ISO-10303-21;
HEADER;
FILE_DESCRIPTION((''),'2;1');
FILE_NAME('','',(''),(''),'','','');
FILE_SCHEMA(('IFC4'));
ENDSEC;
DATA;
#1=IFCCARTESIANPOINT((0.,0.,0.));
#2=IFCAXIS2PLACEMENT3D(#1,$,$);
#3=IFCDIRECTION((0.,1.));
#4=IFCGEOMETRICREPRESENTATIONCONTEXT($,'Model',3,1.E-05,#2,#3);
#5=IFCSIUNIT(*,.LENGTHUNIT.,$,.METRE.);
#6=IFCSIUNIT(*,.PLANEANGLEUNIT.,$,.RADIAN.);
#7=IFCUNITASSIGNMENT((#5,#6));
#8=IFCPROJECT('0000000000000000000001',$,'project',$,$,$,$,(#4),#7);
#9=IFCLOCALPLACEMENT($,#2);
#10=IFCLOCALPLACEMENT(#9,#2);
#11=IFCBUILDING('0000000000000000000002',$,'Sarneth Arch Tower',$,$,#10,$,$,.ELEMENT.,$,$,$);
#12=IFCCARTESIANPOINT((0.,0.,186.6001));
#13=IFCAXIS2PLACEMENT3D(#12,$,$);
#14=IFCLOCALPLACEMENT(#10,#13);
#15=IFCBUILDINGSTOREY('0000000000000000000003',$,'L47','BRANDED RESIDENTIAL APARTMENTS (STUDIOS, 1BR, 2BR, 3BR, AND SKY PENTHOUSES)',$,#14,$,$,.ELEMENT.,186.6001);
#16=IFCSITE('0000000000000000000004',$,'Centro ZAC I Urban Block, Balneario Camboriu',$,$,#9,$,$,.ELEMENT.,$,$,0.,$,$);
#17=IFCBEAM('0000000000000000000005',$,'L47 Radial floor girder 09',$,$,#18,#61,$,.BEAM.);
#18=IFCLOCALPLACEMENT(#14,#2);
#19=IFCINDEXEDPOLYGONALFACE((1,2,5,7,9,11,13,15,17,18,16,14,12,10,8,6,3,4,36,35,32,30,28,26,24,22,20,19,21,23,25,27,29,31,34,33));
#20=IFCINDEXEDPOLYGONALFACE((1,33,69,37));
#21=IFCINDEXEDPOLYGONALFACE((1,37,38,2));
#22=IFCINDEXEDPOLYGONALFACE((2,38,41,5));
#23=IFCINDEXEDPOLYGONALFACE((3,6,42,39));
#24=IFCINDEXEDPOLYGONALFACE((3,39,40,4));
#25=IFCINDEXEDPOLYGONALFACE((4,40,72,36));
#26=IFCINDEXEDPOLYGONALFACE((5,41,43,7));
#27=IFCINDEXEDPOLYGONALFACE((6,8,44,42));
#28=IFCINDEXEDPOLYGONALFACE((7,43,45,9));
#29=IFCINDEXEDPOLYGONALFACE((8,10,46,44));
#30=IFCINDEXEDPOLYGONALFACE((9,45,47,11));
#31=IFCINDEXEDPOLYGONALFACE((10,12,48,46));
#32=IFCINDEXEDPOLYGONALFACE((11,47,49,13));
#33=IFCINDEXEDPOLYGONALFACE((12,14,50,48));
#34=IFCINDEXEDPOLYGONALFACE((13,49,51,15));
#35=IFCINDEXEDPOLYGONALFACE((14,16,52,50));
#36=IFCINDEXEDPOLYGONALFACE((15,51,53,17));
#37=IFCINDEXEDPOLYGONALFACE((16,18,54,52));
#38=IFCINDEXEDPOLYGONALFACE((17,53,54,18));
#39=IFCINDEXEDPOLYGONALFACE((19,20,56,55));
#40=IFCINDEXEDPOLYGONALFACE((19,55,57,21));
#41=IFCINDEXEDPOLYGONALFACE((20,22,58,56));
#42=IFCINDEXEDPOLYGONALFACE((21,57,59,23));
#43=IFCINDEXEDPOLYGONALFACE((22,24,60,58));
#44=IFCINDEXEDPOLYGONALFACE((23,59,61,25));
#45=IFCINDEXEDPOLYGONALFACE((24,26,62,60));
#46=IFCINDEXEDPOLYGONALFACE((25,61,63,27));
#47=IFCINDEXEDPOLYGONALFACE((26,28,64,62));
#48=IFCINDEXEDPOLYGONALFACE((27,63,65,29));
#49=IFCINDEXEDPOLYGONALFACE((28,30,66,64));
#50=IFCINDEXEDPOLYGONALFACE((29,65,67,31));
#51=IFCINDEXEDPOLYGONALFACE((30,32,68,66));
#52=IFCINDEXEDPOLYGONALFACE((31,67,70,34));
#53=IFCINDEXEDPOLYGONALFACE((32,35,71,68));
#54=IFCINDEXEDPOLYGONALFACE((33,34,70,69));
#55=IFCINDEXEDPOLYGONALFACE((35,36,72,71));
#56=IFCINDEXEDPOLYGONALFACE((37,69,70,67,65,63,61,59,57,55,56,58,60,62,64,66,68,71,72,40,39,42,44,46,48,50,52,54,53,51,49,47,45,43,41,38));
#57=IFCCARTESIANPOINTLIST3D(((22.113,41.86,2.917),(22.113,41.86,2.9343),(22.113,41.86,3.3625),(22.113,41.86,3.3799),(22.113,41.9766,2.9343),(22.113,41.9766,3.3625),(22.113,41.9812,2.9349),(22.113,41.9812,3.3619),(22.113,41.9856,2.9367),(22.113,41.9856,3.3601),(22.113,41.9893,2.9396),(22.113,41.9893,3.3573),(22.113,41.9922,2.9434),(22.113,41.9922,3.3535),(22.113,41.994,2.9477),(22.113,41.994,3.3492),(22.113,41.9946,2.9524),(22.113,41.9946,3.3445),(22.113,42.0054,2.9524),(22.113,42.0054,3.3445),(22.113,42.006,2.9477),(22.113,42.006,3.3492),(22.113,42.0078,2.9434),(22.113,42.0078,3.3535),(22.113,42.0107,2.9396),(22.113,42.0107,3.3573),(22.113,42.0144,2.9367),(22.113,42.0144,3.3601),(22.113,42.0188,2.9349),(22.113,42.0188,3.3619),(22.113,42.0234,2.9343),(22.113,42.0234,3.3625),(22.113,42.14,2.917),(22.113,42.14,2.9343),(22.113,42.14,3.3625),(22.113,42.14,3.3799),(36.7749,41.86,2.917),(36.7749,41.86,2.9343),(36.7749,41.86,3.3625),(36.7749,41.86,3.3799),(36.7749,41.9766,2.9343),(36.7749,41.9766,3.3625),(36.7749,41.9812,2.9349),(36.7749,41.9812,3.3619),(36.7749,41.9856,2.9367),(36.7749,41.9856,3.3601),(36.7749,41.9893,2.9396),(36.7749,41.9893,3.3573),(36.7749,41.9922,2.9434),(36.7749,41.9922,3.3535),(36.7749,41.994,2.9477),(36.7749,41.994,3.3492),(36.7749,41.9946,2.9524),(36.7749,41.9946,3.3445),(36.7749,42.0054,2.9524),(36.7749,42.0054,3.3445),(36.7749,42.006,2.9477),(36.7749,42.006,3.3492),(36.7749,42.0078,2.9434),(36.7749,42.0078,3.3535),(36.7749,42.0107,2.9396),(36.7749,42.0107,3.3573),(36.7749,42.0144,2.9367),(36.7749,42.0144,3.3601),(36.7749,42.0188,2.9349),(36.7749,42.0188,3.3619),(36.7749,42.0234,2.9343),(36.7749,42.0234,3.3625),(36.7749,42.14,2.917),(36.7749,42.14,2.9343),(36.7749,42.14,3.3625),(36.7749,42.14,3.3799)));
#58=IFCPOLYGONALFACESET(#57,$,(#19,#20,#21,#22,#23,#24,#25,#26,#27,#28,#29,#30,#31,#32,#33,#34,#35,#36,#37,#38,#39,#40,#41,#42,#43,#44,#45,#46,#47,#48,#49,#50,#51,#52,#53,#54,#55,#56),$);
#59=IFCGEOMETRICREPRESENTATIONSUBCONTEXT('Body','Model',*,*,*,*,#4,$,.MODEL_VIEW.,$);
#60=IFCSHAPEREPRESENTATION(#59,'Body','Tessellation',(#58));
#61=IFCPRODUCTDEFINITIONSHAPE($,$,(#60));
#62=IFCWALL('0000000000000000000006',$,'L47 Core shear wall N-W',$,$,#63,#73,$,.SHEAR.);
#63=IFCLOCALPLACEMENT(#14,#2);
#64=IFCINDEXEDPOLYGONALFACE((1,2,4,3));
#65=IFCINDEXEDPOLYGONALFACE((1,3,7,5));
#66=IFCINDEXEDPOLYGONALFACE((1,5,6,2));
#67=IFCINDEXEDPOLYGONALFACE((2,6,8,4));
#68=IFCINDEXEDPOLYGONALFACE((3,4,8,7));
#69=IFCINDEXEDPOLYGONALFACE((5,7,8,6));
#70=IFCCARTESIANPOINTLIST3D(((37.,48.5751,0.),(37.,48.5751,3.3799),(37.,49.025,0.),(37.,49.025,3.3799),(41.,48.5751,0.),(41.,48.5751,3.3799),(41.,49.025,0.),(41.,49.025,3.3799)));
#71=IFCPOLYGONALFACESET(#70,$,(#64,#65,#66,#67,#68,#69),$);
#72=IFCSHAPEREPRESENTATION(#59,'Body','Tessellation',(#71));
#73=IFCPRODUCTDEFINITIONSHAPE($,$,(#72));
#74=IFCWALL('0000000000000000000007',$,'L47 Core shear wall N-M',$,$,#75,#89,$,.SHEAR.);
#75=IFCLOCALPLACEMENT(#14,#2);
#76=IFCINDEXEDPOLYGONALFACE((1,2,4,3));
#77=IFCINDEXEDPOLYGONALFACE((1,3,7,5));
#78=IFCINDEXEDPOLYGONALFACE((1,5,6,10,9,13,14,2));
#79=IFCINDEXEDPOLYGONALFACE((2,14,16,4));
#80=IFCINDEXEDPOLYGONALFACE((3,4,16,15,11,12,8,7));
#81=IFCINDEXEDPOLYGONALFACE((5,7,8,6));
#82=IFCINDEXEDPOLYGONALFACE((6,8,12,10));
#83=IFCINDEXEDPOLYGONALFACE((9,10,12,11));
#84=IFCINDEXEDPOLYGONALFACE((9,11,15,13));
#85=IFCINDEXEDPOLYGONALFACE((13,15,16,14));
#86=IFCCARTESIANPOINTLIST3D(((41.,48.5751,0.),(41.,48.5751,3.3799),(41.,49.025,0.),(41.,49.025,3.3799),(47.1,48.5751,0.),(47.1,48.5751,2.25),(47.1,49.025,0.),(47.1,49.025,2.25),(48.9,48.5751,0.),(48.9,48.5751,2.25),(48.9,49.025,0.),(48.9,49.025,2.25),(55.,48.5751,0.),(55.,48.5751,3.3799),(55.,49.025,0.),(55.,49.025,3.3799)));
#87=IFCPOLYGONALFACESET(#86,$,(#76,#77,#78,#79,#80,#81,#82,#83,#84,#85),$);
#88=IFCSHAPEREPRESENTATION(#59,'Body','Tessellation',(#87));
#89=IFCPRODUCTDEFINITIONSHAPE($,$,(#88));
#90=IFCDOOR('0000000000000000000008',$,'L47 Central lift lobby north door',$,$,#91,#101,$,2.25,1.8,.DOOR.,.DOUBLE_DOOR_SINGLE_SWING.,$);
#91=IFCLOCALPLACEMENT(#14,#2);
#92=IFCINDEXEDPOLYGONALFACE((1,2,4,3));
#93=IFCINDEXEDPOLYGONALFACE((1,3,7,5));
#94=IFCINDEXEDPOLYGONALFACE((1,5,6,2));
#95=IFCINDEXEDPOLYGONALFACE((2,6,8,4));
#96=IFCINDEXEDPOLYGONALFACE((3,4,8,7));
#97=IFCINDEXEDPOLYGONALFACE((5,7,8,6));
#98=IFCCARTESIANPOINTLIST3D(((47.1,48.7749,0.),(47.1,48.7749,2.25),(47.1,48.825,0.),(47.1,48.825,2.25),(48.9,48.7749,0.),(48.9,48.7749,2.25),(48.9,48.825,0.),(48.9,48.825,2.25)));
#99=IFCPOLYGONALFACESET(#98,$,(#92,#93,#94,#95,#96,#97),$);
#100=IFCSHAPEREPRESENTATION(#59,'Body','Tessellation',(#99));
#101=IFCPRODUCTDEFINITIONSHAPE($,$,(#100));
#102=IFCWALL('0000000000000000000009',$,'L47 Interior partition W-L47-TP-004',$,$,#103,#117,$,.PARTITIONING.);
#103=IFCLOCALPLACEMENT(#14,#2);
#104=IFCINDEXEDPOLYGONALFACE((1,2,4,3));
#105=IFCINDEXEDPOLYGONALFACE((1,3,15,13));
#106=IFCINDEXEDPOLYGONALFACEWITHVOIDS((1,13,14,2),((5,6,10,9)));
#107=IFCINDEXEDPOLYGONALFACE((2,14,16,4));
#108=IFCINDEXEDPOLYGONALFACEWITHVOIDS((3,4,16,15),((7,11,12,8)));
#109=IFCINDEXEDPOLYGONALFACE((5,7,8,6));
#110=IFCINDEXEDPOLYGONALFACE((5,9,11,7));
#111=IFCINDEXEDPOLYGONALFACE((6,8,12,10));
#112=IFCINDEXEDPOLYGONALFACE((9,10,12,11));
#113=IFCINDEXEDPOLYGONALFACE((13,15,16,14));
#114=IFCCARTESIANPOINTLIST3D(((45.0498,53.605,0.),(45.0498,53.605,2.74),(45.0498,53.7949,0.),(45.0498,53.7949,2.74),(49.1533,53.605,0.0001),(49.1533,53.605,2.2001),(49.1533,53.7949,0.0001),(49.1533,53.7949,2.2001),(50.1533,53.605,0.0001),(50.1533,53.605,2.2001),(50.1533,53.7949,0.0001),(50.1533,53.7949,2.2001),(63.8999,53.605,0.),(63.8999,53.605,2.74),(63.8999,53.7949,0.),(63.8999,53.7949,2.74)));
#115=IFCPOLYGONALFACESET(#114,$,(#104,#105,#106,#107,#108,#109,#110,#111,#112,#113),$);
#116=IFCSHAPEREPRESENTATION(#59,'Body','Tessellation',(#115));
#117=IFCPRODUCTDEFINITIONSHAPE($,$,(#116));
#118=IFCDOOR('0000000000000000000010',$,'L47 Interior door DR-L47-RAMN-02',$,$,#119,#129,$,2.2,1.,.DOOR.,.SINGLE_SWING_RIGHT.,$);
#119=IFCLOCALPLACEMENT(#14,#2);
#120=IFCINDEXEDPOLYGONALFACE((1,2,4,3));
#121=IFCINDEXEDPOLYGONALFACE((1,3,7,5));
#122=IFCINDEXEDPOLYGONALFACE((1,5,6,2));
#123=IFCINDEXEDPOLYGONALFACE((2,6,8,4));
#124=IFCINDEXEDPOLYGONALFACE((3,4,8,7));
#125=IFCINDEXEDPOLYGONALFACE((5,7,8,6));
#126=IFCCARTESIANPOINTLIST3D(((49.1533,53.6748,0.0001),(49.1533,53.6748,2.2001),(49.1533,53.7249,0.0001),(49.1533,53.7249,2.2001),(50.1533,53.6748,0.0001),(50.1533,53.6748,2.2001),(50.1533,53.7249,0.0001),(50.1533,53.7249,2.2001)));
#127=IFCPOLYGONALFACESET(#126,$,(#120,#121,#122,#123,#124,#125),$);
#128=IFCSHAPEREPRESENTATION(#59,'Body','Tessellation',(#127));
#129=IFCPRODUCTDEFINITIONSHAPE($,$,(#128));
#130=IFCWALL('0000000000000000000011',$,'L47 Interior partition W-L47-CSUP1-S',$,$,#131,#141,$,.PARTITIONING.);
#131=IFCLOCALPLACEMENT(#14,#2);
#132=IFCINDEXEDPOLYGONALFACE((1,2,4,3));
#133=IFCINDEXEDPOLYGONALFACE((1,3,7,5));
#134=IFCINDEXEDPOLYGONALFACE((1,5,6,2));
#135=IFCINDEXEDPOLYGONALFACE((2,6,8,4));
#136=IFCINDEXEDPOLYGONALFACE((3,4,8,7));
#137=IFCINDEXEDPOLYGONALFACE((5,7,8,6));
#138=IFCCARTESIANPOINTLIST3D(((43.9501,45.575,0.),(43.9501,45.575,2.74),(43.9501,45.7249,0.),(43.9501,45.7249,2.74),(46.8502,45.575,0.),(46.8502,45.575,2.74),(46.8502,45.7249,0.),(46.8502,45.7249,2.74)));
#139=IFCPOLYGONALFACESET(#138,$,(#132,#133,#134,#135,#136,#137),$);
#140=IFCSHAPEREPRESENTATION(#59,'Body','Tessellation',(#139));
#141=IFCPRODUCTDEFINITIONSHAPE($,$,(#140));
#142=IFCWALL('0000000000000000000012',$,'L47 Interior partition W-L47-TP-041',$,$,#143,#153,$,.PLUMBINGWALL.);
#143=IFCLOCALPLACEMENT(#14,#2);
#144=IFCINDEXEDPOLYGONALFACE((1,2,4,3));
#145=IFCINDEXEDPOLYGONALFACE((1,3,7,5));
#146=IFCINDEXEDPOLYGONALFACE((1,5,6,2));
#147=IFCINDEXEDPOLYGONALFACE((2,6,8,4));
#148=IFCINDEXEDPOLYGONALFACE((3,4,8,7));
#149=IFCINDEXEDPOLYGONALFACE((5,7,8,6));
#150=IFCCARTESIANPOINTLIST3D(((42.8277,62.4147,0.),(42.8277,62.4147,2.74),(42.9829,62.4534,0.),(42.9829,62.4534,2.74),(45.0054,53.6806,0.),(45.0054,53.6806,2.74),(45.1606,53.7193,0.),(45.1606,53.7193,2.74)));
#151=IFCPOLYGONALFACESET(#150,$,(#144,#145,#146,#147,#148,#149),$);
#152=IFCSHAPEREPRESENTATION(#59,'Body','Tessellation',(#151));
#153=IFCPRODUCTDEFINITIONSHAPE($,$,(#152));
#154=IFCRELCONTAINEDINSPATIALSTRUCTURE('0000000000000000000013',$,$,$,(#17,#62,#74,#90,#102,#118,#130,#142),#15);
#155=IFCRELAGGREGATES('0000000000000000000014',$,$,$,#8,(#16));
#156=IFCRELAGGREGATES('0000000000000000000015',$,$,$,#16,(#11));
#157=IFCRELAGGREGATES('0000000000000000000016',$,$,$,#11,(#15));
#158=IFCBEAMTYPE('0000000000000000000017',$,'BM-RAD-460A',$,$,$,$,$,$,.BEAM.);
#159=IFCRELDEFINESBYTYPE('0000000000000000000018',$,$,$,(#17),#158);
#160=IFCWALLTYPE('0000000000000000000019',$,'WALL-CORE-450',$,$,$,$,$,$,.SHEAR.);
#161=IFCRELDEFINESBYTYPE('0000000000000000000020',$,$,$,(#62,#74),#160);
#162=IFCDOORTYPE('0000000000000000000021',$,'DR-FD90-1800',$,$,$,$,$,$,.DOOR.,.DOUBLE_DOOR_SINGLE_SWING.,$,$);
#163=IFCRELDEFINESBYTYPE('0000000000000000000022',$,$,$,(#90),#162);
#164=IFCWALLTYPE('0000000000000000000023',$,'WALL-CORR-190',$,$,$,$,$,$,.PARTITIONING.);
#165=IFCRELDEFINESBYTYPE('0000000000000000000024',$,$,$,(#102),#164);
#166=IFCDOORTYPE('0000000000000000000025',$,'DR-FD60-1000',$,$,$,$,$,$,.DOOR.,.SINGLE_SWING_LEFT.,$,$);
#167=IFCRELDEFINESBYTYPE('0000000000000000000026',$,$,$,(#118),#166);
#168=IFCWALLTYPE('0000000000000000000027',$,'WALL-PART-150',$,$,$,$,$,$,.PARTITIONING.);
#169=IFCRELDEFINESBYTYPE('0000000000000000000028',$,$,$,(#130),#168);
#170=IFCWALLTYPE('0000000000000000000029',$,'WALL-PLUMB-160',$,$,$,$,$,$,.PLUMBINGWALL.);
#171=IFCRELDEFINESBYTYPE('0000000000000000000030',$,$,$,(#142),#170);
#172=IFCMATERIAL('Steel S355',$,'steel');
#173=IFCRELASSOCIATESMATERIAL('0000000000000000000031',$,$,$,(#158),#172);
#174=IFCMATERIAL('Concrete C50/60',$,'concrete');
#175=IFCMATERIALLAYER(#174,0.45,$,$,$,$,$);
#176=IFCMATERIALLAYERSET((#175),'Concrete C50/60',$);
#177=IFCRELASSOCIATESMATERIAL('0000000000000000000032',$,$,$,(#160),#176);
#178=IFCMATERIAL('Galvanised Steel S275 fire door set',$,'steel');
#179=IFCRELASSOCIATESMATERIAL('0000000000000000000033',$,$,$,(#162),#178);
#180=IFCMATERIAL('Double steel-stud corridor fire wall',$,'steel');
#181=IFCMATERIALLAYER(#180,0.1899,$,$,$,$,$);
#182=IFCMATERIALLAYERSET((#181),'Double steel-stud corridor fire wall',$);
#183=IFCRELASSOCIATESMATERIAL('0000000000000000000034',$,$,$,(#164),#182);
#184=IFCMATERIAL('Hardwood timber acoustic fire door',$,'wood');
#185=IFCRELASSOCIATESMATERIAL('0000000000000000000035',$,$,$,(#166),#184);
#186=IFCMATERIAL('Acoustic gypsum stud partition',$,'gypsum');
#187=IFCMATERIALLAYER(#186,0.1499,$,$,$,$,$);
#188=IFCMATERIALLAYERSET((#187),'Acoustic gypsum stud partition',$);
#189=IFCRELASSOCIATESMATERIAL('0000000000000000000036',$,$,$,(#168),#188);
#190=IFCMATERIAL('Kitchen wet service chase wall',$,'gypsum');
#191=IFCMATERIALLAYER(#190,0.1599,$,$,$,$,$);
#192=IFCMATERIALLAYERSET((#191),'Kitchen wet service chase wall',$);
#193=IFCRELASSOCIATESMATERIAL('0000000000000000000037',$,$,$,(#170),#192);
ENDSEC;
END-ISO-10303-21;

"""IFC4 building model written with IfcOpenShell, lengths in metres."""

from ifc_helpers import new_model, si_unit, direction, frame, frame_2d, origin, origin_2d, place, context, subcontext, project, spatial, rectangle, i_section, extrude, material, layer, layer_set, material_profile, profile_set, type_object, element, fill, save


model = new_model("IFC4")

# Units and contexts
model_context = context("Model", 3, precision=1e-05, world=origin(), true_north=direction((0.0, 1.0)))
body_context = subcontext(model_context, "Body", "Model", "MODEL_VIEW")
ifc_project = project(units=[si_unit("LENGTHUNIT", "METRE"), si_unit("PLANEANGLEUNIT", "RADIAN")], contexts=[model_context])

# Site, building, storey
site_placement = place(None, origin())
site = spatial("IfcSite", under=ifc_project, at=site_placement, Name="Centro ZAC I Urban Block, Balneario Camboriu", CompositionType="ELEMENT", RefElevation=0.0)
building_placement = place(site_placement, origin())
building = spatial("IfcBuilding", under=site, at=building_placement, Name="Sarneth Arch Tower", CompositionType="ELEMENT")
storey_placement = place(building_placement, frame((0.0, 0.0, 186.6001)))
storey = spatial("IfcBuildingStorey", under=building, at=storey_placement, Name="L47", Description="BRANDED RESIDENTIAL APARTMENTS (STUDIOS, 1BR, 2BR, 3BR, AND SKY PENTHOUSES)", CompositionType="ELEMENT", Elevation=186.6001)

# Beam
ifc_material_1 = material(Name="Steel S355", Category="steel")
ifc_material_profile = material_profile(ifc_material_1, i_section(OverallWidth=0.28, OverallDepth=0.4629, WebThickness=0.0107, FlangeThickness=0.0173, FilletRadius=0.0181, at=origin_2d()), Name="W460x113")
ifc_profile_set = profile_set([ifc_material_profile], Name="Steel S355")
beam_type = type_object("IfcBeamType", Name="BM-RAD-460A", PredefinedType="BEAM", material=ifc_profile_set)
beam_1_placement = place(storey_placement, frame((36.7749, 42.0, 3.1484), z_axis=(-1.0, 0.0, 0.0), x_axis=(0.0, -1.0, 0.0)))
element("IfcBeam", 1, at=beam_1_placement, inside=storey, type_object=beam_type, Name="L47 Radial floor girder 09", PredefinedType="BEAM", context=body_context, shape_type="SweptSolid", body=[
    extrude(i_section(OverallWidth=0.28, OverallDepth=0.4629, WebThickness=0.0107, FlangeThickness=0.0173, FilletRadius=0.0181, at=origin_2d()), origin(), (0.0, 0.0, 1.0), 14.6619),
])

# Wall
ifc_material_2 = material(Name="Concrete C50/60", Category="concrete")
ifc_layer_1 = layer(ifc_material_2, 0.45)
ifc_layer_set_1 = layer_set([ifc_layer_1], Name="Concrete C50/60")
wall_type_1 = type_object("IfcWallType", Name="WALL-CORE-450", PredefinedType="SHEAR", material=ifc_layer_set_1)
wall_1_placement = place(storey_placement, frame((37.0, 48.8, 0.0), z_axis=(0.0, 0.0, 1.0), x_axis=(1.0, 0.0, 0.0)))
element("IfcWall", 2, at=wall_1_placement, inside=storey, type_object=wall_type_1, Name="L47 Core shear wall N-W", PredefinedType="SHEAR", context=body_context, shape_type="SweptSolid", body=[
    extrude(rectangle(XDim=4.0, YDim=0.45, at=frame_2d((2.0, 0.0))), origin(), (0.0, 0.0, 1.0), 3.3799),
])

# Walls, openings, doors
wall_2_placement = place(storey_placement, frame((41.0, 48.8, 0.0), z_axis=(0.0, 0.0, 1.0), x_axis=(1.0, 0.0, 0.0)))
wall_2 = element("IfcWall", 3, at=wall_2_placement, inside=storey, type_object=wall_type_1, Name="L47 Core shear wall N-M", PredefinedType="SHEAR", context=body_context, shape_type="SweptSolid", body=[
    extrude(rectangle(XDim=14.0, YDim=0.45, at=frame_2d((7.0, 0.0))), origin(), (0.0, 0.0, 1.0), 3.3799),
])
opening_1_placement = place(wall_2_placement, frame((6.1001, 0.0, 0.0)))
opening_1 = element("IfcOpeningElement", 4, at=opening_1_placement, cuts=wall_2, PredefinedType="OPENING", context=body_context, shape_type="SweptSolid", body=[
    extrude(rectangle(XDim=1.8, YDim=2.25, at=frame_2d((0.8999, 1.125))), frame((0.0, 0.2349, 0.0), z_axis=(0.0, -1.0, 0.0), x_axis=(1.0, 0.0, 0.0)), (0.0, 0.0, 1.0), 0.47),
])
ifc_material_3 = material(Name="Galvanised Steel S275 fire door set", Category="steel")
door_type_1 = type_object("IfcDoorType", Name="DR-FD90-1800", OperationType="DOUBLE_DOOR_SINGLE_SWING", PredefinedType="DOOR", material=ifc_material_3)
door_1_placement = place(opening_1_placement, origin())
door_1 = element("IfcDoor", 5, at=door_1_placement, inside=storey, type_object=door_type_1, Name="L47 Central lift lobby north door", OperationType="DOUBLE_DOOR_SINGLE_SWING", OverallHeight=2.25, OverallWidth=1.8, PredefinedType="DOOR", context=body_context, shape_type="SweptSolid", body=[
    extrude(rectangle(XDim=1.8, YDim=2.25, at=frame_2d((0.8999, 1.125))), frame((0.0, 0.0249, 0.0), z_axis=(0.0, -1.0, 0.0), x_axis=(1.0, 0.0, 0.0)), (0.0, 0.0, 1.0), 0.05),
])
fill(opening_1, door_1)
ifc_material_4 = material(Name="Double steel-stud corridor fire wall", Category="steel")
ifc_layer_2 = layer(ifc_material_4, 0.1899)
ifc_layer_set_2 = layer_set([ifc_layer_2], Name="Double steel-stud corridor fire wall")
wall_type_2 = type_object("IfcWallType", Name="WALL-CORR-190", PredefinedType="PARTITIONING", material=ifc_layer_set_2)
wall_3_placement = place(storey_placement, frame((45.0498, 53.7, 0.0), z_axis=(0.0, 0.0, 1.0), x_axis=(1.0, 0.0, 0.0)))
wall_3 = element("IfcWall", 6, at=wall_3_placement, inside=storey, type_object=wall_type_2, Name="L47 Interior partition W-L47-TP-004", PredefinedType="PARTITIONING", context=body_context, shape_type="SweptSolid", body=[
    extrude(rectangle(XDim=18.8501, YDim=0.1899, at=frame_2d((9.425, 0.0))), origin(), (0.0, 0.0, 1.0), 2.74),
])
opening_2_placement = place(wall_3_placement, frame((4.1035, 0.0, 0.0)))
opening_2 = element("IfcOpeningElement", 7, at=opening_2_placement, cuts=wall_3, PredefinedType="OPENING", context=body_context, shape_type="SweptSolid", body=[
    extrude(rectangle(XDim=1.0, YDim=2.2, at=frame_2d((0.5, 1.1001))), frame((0.0, 0.105, 0.0), z_axis=(0.0, -1.0, 0.0), x_axis=(1.0, 0.0, 0.0)), (0.0, 0.0, 1.0), 0.21),
])
ifc_material_5 = material(Name="Hardwood timber acoustic fire door", Category="wood")
door_type_2 = type_object("IfcDoorType", Name="DR-FD60-1000", OperationType="SINGLE_SWING_LEFT", PredefinedType="DOOR", material=ifc_material_5)
door_2_placement = place(opening_2_placement, origin())
door_2 = element("IfcDoor", 8, at=door_2_placement, inside=storey, type_object=door_type_2, Name="L47 Interior door DR-L47-RAMN-02", OperationType="SINGLE_SWING_RIGHT", OverallHeight=2.2, OverallWidth=1.0, PredefinedType="DOOR", context=body_context, shape_type="SweptSolid", body=[
    extrude(rectangle(XDim=1.0, YDim=2.2, at=frame_2d((0.5, 1.1001))), frame((0.0, 0.0249, 0.0), z_axis=(0.0, -1.0, 0.0), x_axis=(1.0, 0.0, 0.0)), (0.0, 0.0, 1.0), 0.05),
])
fill(opening_2, door_2)

# Wall
ifc_material_6 = material(Name="Acoustic gypsum stud partition", Category="gypsum")
ifc_layer_3 = layer(ifc_material_6, 0.1499)
ifc_layer_set_3 = layer_set([ifc_layer_3], Name="Acoustic gypsum stud partition")
wall_type_3 = type_object("IfcWallType", Name="WALL-PART-150", PredefinedType="PARTITIONING", material=ifc_layer_set_3)
wall_4_placement = place(storey_placement, frame((43.95, 45.6499, 0.0), z_axis=(0.0, 0.0, 1.0), x_axis=(1.0, 0.0, 0.0)))
element("IfcWall", 9, at=wall_4_placement, inside=storey, type_object=wall_type_3, Name="L47 Interior partition W-L47-CSUP1-S", PredefinedType="PARTITIONING", context=body_context, shape_type="SweptSolid", body=[
    extrude(rectangle(XDim=2.9001, YDim=0.1499, at=frame_2d((1.4502, 0.0))), origin(), (0.0, 0.0, 1.0), 2.74),
])

# Wall
ifc_material_7 = material(Name="Kitchen wet service chase wall", Category="gypsum")
ifc_layer_4 = layer(ifc_material_7, 0.1599)
ifc_layer_set_4 = layer_set([ifc_layer_4], Name="Kitchen wet service chase wall")
wall_type_4 = type_object("IfcWallType", Name="WALL-PLUMB-160", PredefinedType="PLUMBINGWALL", material=ifc_layer_set_4)
wall_5_placement = place(storey_placement, frame((45.083, 53.7, 0.0), z_axis=(0.0, 0.0, 1.0), x_axis=(-0.241929, 0.970294, 0.0)))
element("IfcWall", 10, at=wall_5_placement, inside=storey, type_object=wall_type_4, Name="L47 Interior partition W-L47-TP-041", PredefinedType="PLUMBINGWALL", context=body_context, shape_type="SweptSolid", body=[
    extrude(rectangle(XDim=9.0015, YDim=0.1599, at=frame_2d((4.5007, 0.0))), origin(), (0.0, 0.0, 1.0), 2.74),
])

save(model, "model.ifc")
